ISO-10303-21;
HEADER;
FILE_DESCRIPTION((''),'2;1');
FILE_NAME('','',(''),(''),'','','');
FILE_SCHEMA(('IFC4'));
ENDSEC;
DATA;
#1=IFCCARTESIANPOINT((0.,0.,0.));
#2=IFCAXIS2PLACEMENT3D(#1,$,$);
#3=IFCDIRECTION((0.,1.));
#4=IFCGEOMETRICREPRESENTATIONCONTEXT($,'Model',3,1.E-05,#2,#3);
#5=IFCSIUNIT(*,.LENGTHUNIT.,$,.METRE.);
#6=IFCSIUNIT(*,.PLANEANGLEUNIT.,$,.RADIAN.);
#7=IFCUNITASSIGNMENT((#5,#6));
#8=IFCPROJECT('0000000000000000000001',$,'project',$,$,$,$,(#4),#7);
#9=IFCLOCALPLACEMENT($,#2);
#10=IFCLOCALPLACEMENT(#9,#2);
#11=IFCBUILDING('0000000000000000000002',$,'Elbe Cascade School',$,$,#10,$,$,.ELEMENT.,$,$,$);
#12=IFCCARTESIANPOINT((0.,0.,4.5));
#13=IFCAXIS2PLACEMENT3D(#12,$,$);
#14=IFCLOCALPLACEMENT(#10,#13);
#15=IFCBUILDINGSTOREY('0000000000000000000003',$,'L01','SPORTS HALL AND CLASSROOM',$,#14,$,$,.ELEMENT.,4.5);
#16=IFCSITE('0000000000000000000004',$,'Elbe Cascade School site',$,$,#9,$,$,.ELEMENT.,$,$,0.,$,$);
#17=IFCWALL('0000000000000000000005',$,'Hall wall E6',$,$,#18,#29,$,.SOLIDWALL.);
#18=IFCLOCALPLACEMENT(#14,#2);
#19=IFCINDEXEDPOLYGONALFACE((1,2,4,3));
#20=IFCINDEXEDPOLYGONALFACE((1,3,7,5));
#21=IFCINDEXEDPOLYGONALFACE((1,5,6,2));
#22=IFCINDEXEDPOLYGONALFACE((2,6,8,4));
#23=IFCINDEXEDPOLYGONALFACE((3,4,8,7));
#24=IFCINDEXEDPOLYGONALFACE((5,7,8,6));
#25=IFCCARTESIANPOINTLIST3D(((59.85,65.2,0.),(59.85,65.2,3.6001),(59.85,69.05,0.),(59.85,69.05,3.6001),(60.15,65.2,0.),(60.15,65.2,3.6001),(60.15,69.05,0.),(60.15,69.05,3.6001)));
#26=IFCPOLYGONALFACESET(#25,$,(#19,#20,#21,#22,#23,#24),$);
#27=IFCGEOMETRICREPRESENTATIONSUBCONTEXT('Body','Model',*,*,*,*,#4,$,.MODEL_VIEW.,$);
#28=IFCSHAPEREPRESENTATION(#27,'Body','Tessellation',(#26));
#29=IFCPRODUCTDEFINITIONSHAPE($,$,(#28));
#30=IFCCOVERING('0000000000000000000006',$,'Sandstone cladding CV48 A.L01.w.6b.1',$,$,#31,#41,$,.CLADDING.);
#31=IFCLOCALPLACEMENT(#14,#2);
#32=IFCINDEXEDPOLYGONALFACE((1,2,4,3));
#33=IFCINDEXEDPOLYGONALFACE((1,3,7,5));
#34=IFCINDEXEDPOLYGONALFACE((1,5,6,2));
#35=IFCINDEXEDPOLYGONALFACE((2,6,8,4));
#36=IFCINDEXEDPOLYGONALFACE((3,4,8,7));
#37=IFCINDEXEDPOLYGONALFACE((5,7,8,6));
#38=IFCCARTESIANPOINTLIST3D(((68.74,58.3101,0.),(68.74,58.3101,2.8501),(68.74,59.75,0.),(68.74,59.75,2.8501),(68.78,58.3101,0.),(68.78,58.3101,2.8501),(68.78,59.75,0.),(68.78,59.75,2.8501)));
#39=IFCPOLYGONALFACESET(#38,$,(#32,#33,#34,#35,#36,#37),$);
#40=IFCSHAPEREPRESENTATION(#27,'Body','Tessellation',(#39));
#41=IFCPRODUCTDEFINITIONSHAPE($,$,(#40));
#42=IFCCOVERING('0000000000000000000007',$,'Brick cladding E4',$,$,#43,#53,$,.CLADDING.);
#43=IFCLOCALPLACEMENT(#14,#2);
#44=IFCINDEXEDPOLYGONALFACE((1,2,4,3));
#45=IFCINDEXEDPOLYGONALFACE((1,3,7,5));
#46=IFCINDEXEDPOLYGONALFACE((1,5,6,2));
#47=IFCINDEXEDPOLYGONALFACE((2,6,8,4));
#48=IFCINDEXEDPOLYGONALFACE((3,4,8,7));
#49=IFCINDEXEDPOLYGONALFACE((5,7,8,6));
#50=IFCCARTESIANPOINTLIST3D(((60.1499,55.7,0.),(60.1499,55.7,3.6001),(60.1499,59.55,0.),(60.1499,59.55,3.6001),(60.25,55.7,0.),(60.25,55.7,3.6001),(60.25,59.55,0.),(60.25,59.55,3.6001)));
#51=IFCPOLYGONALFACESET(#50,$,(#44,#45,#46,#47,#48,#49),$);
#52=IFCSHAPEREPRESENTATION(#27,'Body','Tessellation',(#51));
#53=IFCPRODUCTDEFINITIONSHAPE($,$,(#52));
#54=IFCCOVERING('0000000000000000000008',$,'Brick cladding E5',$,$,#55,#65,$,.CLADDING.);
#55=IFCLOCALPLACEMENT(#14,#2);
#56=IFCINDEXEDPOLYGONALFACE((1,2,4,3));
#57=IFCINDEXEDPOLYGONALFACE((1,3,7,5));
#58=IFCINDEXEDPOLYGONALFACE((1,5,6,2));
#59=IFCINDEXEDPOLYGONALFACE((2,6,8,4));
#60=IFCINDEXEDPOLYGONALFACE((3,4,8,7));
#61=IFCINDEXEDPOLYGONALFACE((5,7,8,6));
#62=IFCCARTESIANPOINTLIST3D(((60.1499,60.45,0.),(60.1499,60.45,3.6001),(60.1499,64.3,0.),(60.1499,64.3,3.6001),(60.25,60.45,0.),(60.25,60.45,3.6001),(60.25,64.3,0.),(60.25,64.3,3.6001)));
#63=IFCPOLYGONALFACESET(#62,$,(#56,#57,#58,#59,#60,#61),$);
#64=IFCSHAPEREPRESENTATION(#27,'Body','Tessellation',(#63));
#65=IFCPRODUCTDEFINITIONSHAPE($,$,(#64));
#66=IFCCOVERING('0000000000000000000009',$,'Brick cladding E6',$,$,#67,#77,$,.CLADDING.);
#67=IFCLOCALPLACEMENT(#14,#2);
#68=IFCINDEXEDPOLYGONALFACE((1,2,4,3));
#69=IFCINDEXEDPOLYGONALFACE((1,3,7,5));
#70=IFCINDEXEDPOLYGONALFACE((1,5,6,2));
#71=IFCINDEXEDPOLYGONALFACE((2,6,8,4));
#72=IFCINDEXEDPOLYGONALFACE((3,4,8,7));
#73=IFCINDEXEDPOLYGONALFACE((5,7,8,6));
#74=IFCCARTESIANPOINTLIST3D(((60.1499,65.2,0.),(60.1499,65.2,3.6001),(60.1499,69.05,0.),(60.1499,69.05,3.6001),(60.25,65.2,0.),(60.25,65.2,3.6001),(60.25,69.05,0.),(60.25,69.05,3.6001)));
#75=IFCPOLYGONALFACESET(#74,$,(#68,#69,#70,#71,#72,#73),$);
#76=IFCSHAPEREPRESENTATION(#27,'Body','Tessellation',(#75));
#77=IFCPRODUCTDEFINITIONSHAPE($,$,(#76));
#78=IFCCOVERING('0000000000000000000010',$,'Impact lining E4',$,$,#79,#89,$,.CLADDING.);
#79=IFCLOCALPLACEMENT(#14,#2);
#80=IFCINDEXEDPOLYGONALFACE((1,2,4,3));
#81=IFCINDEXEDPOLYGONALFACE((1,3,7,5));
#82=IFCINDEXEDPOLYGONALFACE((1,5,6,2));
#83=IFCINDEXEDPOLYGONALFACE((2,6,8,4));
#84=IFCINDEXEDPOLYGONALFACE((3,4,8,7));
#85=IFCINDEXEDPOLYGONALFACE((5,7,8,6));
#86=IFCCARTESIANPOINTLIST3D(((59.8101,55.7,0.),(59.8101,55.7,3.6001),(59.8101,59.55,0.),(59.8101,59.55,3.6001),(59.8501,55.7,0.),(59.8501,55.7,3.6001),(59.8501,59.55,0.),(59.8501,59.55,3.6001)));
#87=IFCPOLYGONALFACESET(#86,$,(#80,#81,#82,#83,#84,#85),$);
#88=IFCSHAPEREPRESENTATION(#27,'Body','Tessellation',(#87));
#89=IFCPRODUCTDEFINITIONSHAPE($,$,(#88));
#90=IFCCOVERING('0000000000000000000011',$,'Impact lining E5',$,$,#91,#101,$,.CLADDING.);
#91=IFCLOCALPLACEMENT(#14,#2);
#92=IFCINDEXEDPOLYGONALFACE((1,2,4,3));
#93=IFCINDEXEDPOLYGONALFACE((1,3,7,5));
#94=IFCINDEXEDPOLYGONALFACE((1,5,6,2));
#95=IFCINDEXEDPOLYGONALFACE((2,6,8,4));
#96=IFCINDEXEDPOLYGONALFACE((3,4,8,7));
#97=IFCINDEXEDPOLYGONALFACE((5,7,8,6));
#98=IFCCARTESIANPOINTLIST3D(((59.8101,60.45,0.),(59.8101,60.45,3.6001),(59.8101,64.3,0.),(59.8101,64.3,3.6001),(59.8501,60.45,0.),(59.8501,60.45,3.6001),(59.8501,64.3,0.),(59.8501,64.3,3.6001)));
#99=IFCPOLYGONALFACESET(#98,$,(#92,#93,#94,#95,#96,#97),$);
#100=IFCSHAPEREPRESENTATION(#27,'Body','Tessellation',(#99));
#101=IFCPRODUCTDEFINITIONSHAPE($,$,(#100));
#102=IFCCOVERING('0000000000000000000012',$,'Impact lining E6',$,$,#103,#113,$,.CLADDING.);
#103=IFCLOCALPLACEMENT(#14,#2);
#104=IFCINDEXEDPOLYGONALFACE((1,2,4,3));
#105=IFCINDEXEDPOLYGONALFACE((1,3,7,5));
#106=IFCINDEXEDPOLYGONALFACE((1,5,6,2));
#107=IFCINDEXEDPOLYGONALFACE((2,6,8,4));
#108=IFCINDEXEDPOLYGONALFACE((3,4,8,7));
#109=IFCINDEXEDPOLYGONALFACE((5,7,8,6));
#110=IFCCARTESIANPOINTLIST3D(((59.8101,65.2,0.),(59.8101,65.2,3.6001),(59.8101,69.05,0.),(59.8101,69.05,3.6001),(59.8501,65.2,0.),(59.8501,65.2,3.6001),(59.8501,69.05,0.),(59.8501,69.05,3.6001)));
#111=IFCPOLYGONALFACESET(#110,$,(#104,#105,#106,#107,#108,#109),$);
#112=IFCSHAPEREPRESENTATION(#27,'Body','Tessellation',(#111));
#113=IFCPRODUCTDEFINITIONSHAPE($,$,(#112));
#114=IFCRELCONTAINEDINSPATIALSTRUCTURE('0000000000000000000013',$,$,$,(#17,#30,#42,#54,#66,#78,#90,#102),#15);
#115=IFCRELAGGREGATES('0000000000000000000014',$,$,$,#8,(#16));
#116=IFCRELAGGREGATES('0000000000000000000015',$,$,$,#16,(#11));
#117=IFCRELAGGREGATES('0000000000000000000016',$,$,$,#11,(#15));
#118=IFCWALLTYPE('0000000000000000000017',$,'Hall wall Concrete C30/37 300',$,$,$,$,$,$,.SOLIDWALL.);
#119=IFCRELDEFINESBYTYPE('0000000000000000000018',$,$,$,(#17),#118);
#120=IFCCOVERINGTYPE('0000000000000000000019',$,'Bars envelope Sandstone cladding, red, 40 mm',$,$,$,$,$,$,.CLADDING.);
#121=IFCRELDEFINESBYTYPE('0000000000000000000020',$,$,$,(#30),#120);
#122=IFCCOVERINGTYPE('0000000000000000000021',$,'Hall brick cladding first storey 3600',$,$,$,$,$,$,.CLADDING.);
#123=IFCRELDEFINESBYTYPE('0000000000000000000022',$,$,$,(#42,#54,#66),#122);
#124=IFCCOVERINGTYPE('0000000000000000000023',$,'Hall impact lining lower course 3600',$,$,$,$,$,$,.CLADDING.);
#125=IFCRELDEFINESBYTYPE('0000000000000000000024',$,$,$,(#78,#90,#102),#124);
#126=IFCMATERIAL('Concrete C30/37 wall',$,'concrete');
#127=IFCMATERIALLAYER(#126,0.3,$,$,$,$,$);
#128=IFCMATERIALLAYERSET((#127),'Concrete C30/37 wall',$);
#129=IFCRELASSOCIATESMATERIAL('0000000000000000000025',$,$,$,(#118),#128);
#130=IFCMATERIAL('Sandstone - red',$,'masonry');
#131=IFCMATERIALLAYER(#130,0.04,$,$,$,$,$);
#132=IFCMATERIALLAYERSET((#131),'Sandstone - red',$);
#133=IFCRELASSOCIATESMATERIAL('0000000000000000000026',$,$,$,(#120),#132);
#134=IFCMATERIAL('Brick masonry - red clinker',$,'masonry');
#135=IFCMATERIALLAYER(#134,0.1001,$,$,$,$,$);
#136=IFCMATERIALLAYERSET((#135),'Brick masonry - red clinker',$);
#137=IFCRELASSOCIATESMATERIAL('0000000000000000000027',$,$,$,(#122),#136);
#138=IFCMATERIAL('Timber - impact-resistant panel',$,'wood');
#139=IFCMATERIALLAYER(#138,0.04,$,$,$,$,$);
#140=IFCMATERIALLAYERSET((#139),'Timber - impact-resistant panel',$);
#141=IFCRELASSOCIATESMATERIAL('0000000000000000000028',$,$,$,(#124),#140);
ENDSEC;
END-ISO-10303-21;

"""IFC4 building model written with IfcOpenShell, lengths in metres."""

from ifc_helpers import new_model, si_unit, direction, frame, frame_2d, origin, origin_2d, place, context, subcontext, project, spatial, rectangle, extrude, material, layer, layer_set, type_object, element, save


model = new_model("IFC4")

# Units and contexts
model_context = context("Model", 3, precision=1e-05, world=origin(), true_north=direction((0.0, 1.0)))
body_context = subcontext(model_context, "Body", "Model", "MODEL_VIEW")
ifc_project = project(units=[si_unit("LENGTHUNIT", "METRE"), si_unit("PLANEANGLEUNIT", "RADIAN")], contexts=[model_context])

# Site, building, storey
site_placement = place(None, origin())
site = spatial("IfcSite", under=ifc_project, at=site_placement, Name="Elbe Cascade School site", CompositionType="ELEMENT", RefElevation=0.0)
building_placement = place(site_placement, origin())
building = spatial("IfcBuilding", under=site, at=building_placement, Name="Elbe Cascade School", CompositionType="ELEMENT")
storey_placement = place(building_placement, frame((0.0, 0.0, 4.5)))
storey = spatial("IfcBuildingStorey", under=building, at=storey_placement, Name="L01", Description="SPORTS HALL AND CLASSROOM", CompositionType="ELEMENT", Elevation=4.5)

# Wall
ifc_material_1 = material(Name="Concrete C30/37 wall", Category="concrete")
ifc_layer_1 = layer(ifc_material_1, 0.3)
ifc_layer_set_1 = layer_set([ifc_layer_1], Name="Concrete C30/37 wall")
wall_type_1 = type_object("IfcWallType", Name="Hall wall Concrete C30/37 300", PredefinedType="SOLIDWALL", material=ifc_layer_set_1)
for number, where, z_axis, x_axis, name in (
    (1, (60.0, 65.2, 0.0), (0.0, 0.0, 1.0), (0.0, 1.0, 0.0), "Hall wall E6"),
):
    element("IfcWall", number, at=place(storey_placement, frame(where, z_axis=z_axis, x_axis=x_axis)), inside=storey, type_object=wall_type_1, Name=name, PredefinedType="SOLIDWALL", context=body_context, shape_type="SweptSolid", body=[
        extrude(rectangle(XDim=3.8501, YDim=0.3, at=frame_2d((1.925, 0.0))), origin(), (0.0, 0.0, 1.0), 3.6001),
    ])

# Coverings
ifc_material_2 = material(Name="Sandstone - red", Category="masonry")
ifc_layer_2 = layer(ifc_material_2, 0.04)
ifc_layer_set_2 = layer_set([ifc_layer_2], Name="Sandstone - red")
covering_type_1 = type_object("IfcCoveringType", Name="Bars envelope Sandstone cladding, red, 40 mm", PredefinedType="CLADDING", material=ifc_layer_set_2)
covering_placement = place(storey_placement, frame((68.76, 59.03, 0.0), z_axis=(0.0, 0.0, 1.0), x_axis=(0.0, 1.0, 0.0)))
element("IfcCovering", 2, at=covering_placement, inside=storey, type_object=covering_type_1, Name="Sandstone cladding CV48 A.L01.w.6b.1", PredefinedType="CLADDING", context=body_context, shape_type="SweptSolid", body=[
    extrude(rectangle(XDim=1.4399, YDim=0.04, at=origin_2d()), origin(), (0.0, 0.0, 1.0), 2.8501),
])
ifc_material_3 = material(Name="Brick masonry - red clinker", Category="masonry")
ifc_layer_3 = layer(ifc_material_3, 0.1001)
ifc_layer_set_3 = layer_set([ifc_layer_3], Name="Brick masonry - red clinker")
covering_type_2 = type_object("IfcCoveringType", Name="Hall brick cladding first storey 3600", PredefinedType="CLADDING", material=ifc_layer_set_3)
for number, where, z_axis, x_axis, name in (
    (3, (60.2, 57.625, 0.0), (0.0, 0.0, 1.0), (1.0, 0.0, 0.0), "Brick cladding E4"),
    (4, (60.2, 62.375, 0.0), (0.0, 0.0, 1.0), (1.0, 0.0, 0.0), "Brick cladding E5"),
    (5, (60.2, 67.125, 0.0), (0.0, 0.0, 1.0), (1.0, 0.0, 0.0), "Brick cladding E6"),
):
    element("IfcCovering", number, at=place(storey_placement, frame(where, z_axis=z_axis, x_axis=x_axis)), inside=storey, type_object=covering_type_2, Name=name, PredefinedType="CLADDING", context=body_context, shape_type="SweptSolid", body=[
        extrude(rectangle(XDim=0.1001, YDim=3.8501, at=origin_2d()), origin(), (0.0, 0.0, 1.0), 3.6001),
    ])
ifc_material_4 = material(Name="Timber - impact-resistant panel", Category="wood")
ifc_layer_4 = layer(ifc_material_4, 0.04)
ifc_layer_set_4 = layer_set([ifc_layer_4], Name="Timber - impact-resistant panel")
covering_type_3 = type_object("IfcCoveringType", Name="Hall impact lining lower course 3600", PredefinedType="CLADDING", material=ifc_layer_set_4)
for number, where, z_axis, x_axis, name in (
    (6, (59.8301, 57.625, 0.0), (0.0, 0.0, 1.0), (1.0, 0.0, 0.0), "Impact lining E4"),
    (7, (59.8301, 62.375, 0.0), (0.0, 0.0, 1.0), (1.0, 0.0, 0.0), "Impact lining E5"),
    (8, (59.8301, 67.125, 0.0), (0.0, 0.0, 1.0), (1.0, 0.0, 0.0), "Impact lining E6"),
):
    element("IfcCovering", number, at=place(storey_placement, frame(where, z_axis=z_axis, x_axis=x_axis)), inside=storey, type_object=covering_type_3, Name=name, PredefinedType="CLADDING", context=body_context, shape_type="SweptSolid", body=[
        extrude(rectangle(XDim=0.04, YDim=3.8501, at=origin_2d()), origin(), (0.0, 0.0, 1.0), 3.6001),
    ])

save(model, "model.ifc")
